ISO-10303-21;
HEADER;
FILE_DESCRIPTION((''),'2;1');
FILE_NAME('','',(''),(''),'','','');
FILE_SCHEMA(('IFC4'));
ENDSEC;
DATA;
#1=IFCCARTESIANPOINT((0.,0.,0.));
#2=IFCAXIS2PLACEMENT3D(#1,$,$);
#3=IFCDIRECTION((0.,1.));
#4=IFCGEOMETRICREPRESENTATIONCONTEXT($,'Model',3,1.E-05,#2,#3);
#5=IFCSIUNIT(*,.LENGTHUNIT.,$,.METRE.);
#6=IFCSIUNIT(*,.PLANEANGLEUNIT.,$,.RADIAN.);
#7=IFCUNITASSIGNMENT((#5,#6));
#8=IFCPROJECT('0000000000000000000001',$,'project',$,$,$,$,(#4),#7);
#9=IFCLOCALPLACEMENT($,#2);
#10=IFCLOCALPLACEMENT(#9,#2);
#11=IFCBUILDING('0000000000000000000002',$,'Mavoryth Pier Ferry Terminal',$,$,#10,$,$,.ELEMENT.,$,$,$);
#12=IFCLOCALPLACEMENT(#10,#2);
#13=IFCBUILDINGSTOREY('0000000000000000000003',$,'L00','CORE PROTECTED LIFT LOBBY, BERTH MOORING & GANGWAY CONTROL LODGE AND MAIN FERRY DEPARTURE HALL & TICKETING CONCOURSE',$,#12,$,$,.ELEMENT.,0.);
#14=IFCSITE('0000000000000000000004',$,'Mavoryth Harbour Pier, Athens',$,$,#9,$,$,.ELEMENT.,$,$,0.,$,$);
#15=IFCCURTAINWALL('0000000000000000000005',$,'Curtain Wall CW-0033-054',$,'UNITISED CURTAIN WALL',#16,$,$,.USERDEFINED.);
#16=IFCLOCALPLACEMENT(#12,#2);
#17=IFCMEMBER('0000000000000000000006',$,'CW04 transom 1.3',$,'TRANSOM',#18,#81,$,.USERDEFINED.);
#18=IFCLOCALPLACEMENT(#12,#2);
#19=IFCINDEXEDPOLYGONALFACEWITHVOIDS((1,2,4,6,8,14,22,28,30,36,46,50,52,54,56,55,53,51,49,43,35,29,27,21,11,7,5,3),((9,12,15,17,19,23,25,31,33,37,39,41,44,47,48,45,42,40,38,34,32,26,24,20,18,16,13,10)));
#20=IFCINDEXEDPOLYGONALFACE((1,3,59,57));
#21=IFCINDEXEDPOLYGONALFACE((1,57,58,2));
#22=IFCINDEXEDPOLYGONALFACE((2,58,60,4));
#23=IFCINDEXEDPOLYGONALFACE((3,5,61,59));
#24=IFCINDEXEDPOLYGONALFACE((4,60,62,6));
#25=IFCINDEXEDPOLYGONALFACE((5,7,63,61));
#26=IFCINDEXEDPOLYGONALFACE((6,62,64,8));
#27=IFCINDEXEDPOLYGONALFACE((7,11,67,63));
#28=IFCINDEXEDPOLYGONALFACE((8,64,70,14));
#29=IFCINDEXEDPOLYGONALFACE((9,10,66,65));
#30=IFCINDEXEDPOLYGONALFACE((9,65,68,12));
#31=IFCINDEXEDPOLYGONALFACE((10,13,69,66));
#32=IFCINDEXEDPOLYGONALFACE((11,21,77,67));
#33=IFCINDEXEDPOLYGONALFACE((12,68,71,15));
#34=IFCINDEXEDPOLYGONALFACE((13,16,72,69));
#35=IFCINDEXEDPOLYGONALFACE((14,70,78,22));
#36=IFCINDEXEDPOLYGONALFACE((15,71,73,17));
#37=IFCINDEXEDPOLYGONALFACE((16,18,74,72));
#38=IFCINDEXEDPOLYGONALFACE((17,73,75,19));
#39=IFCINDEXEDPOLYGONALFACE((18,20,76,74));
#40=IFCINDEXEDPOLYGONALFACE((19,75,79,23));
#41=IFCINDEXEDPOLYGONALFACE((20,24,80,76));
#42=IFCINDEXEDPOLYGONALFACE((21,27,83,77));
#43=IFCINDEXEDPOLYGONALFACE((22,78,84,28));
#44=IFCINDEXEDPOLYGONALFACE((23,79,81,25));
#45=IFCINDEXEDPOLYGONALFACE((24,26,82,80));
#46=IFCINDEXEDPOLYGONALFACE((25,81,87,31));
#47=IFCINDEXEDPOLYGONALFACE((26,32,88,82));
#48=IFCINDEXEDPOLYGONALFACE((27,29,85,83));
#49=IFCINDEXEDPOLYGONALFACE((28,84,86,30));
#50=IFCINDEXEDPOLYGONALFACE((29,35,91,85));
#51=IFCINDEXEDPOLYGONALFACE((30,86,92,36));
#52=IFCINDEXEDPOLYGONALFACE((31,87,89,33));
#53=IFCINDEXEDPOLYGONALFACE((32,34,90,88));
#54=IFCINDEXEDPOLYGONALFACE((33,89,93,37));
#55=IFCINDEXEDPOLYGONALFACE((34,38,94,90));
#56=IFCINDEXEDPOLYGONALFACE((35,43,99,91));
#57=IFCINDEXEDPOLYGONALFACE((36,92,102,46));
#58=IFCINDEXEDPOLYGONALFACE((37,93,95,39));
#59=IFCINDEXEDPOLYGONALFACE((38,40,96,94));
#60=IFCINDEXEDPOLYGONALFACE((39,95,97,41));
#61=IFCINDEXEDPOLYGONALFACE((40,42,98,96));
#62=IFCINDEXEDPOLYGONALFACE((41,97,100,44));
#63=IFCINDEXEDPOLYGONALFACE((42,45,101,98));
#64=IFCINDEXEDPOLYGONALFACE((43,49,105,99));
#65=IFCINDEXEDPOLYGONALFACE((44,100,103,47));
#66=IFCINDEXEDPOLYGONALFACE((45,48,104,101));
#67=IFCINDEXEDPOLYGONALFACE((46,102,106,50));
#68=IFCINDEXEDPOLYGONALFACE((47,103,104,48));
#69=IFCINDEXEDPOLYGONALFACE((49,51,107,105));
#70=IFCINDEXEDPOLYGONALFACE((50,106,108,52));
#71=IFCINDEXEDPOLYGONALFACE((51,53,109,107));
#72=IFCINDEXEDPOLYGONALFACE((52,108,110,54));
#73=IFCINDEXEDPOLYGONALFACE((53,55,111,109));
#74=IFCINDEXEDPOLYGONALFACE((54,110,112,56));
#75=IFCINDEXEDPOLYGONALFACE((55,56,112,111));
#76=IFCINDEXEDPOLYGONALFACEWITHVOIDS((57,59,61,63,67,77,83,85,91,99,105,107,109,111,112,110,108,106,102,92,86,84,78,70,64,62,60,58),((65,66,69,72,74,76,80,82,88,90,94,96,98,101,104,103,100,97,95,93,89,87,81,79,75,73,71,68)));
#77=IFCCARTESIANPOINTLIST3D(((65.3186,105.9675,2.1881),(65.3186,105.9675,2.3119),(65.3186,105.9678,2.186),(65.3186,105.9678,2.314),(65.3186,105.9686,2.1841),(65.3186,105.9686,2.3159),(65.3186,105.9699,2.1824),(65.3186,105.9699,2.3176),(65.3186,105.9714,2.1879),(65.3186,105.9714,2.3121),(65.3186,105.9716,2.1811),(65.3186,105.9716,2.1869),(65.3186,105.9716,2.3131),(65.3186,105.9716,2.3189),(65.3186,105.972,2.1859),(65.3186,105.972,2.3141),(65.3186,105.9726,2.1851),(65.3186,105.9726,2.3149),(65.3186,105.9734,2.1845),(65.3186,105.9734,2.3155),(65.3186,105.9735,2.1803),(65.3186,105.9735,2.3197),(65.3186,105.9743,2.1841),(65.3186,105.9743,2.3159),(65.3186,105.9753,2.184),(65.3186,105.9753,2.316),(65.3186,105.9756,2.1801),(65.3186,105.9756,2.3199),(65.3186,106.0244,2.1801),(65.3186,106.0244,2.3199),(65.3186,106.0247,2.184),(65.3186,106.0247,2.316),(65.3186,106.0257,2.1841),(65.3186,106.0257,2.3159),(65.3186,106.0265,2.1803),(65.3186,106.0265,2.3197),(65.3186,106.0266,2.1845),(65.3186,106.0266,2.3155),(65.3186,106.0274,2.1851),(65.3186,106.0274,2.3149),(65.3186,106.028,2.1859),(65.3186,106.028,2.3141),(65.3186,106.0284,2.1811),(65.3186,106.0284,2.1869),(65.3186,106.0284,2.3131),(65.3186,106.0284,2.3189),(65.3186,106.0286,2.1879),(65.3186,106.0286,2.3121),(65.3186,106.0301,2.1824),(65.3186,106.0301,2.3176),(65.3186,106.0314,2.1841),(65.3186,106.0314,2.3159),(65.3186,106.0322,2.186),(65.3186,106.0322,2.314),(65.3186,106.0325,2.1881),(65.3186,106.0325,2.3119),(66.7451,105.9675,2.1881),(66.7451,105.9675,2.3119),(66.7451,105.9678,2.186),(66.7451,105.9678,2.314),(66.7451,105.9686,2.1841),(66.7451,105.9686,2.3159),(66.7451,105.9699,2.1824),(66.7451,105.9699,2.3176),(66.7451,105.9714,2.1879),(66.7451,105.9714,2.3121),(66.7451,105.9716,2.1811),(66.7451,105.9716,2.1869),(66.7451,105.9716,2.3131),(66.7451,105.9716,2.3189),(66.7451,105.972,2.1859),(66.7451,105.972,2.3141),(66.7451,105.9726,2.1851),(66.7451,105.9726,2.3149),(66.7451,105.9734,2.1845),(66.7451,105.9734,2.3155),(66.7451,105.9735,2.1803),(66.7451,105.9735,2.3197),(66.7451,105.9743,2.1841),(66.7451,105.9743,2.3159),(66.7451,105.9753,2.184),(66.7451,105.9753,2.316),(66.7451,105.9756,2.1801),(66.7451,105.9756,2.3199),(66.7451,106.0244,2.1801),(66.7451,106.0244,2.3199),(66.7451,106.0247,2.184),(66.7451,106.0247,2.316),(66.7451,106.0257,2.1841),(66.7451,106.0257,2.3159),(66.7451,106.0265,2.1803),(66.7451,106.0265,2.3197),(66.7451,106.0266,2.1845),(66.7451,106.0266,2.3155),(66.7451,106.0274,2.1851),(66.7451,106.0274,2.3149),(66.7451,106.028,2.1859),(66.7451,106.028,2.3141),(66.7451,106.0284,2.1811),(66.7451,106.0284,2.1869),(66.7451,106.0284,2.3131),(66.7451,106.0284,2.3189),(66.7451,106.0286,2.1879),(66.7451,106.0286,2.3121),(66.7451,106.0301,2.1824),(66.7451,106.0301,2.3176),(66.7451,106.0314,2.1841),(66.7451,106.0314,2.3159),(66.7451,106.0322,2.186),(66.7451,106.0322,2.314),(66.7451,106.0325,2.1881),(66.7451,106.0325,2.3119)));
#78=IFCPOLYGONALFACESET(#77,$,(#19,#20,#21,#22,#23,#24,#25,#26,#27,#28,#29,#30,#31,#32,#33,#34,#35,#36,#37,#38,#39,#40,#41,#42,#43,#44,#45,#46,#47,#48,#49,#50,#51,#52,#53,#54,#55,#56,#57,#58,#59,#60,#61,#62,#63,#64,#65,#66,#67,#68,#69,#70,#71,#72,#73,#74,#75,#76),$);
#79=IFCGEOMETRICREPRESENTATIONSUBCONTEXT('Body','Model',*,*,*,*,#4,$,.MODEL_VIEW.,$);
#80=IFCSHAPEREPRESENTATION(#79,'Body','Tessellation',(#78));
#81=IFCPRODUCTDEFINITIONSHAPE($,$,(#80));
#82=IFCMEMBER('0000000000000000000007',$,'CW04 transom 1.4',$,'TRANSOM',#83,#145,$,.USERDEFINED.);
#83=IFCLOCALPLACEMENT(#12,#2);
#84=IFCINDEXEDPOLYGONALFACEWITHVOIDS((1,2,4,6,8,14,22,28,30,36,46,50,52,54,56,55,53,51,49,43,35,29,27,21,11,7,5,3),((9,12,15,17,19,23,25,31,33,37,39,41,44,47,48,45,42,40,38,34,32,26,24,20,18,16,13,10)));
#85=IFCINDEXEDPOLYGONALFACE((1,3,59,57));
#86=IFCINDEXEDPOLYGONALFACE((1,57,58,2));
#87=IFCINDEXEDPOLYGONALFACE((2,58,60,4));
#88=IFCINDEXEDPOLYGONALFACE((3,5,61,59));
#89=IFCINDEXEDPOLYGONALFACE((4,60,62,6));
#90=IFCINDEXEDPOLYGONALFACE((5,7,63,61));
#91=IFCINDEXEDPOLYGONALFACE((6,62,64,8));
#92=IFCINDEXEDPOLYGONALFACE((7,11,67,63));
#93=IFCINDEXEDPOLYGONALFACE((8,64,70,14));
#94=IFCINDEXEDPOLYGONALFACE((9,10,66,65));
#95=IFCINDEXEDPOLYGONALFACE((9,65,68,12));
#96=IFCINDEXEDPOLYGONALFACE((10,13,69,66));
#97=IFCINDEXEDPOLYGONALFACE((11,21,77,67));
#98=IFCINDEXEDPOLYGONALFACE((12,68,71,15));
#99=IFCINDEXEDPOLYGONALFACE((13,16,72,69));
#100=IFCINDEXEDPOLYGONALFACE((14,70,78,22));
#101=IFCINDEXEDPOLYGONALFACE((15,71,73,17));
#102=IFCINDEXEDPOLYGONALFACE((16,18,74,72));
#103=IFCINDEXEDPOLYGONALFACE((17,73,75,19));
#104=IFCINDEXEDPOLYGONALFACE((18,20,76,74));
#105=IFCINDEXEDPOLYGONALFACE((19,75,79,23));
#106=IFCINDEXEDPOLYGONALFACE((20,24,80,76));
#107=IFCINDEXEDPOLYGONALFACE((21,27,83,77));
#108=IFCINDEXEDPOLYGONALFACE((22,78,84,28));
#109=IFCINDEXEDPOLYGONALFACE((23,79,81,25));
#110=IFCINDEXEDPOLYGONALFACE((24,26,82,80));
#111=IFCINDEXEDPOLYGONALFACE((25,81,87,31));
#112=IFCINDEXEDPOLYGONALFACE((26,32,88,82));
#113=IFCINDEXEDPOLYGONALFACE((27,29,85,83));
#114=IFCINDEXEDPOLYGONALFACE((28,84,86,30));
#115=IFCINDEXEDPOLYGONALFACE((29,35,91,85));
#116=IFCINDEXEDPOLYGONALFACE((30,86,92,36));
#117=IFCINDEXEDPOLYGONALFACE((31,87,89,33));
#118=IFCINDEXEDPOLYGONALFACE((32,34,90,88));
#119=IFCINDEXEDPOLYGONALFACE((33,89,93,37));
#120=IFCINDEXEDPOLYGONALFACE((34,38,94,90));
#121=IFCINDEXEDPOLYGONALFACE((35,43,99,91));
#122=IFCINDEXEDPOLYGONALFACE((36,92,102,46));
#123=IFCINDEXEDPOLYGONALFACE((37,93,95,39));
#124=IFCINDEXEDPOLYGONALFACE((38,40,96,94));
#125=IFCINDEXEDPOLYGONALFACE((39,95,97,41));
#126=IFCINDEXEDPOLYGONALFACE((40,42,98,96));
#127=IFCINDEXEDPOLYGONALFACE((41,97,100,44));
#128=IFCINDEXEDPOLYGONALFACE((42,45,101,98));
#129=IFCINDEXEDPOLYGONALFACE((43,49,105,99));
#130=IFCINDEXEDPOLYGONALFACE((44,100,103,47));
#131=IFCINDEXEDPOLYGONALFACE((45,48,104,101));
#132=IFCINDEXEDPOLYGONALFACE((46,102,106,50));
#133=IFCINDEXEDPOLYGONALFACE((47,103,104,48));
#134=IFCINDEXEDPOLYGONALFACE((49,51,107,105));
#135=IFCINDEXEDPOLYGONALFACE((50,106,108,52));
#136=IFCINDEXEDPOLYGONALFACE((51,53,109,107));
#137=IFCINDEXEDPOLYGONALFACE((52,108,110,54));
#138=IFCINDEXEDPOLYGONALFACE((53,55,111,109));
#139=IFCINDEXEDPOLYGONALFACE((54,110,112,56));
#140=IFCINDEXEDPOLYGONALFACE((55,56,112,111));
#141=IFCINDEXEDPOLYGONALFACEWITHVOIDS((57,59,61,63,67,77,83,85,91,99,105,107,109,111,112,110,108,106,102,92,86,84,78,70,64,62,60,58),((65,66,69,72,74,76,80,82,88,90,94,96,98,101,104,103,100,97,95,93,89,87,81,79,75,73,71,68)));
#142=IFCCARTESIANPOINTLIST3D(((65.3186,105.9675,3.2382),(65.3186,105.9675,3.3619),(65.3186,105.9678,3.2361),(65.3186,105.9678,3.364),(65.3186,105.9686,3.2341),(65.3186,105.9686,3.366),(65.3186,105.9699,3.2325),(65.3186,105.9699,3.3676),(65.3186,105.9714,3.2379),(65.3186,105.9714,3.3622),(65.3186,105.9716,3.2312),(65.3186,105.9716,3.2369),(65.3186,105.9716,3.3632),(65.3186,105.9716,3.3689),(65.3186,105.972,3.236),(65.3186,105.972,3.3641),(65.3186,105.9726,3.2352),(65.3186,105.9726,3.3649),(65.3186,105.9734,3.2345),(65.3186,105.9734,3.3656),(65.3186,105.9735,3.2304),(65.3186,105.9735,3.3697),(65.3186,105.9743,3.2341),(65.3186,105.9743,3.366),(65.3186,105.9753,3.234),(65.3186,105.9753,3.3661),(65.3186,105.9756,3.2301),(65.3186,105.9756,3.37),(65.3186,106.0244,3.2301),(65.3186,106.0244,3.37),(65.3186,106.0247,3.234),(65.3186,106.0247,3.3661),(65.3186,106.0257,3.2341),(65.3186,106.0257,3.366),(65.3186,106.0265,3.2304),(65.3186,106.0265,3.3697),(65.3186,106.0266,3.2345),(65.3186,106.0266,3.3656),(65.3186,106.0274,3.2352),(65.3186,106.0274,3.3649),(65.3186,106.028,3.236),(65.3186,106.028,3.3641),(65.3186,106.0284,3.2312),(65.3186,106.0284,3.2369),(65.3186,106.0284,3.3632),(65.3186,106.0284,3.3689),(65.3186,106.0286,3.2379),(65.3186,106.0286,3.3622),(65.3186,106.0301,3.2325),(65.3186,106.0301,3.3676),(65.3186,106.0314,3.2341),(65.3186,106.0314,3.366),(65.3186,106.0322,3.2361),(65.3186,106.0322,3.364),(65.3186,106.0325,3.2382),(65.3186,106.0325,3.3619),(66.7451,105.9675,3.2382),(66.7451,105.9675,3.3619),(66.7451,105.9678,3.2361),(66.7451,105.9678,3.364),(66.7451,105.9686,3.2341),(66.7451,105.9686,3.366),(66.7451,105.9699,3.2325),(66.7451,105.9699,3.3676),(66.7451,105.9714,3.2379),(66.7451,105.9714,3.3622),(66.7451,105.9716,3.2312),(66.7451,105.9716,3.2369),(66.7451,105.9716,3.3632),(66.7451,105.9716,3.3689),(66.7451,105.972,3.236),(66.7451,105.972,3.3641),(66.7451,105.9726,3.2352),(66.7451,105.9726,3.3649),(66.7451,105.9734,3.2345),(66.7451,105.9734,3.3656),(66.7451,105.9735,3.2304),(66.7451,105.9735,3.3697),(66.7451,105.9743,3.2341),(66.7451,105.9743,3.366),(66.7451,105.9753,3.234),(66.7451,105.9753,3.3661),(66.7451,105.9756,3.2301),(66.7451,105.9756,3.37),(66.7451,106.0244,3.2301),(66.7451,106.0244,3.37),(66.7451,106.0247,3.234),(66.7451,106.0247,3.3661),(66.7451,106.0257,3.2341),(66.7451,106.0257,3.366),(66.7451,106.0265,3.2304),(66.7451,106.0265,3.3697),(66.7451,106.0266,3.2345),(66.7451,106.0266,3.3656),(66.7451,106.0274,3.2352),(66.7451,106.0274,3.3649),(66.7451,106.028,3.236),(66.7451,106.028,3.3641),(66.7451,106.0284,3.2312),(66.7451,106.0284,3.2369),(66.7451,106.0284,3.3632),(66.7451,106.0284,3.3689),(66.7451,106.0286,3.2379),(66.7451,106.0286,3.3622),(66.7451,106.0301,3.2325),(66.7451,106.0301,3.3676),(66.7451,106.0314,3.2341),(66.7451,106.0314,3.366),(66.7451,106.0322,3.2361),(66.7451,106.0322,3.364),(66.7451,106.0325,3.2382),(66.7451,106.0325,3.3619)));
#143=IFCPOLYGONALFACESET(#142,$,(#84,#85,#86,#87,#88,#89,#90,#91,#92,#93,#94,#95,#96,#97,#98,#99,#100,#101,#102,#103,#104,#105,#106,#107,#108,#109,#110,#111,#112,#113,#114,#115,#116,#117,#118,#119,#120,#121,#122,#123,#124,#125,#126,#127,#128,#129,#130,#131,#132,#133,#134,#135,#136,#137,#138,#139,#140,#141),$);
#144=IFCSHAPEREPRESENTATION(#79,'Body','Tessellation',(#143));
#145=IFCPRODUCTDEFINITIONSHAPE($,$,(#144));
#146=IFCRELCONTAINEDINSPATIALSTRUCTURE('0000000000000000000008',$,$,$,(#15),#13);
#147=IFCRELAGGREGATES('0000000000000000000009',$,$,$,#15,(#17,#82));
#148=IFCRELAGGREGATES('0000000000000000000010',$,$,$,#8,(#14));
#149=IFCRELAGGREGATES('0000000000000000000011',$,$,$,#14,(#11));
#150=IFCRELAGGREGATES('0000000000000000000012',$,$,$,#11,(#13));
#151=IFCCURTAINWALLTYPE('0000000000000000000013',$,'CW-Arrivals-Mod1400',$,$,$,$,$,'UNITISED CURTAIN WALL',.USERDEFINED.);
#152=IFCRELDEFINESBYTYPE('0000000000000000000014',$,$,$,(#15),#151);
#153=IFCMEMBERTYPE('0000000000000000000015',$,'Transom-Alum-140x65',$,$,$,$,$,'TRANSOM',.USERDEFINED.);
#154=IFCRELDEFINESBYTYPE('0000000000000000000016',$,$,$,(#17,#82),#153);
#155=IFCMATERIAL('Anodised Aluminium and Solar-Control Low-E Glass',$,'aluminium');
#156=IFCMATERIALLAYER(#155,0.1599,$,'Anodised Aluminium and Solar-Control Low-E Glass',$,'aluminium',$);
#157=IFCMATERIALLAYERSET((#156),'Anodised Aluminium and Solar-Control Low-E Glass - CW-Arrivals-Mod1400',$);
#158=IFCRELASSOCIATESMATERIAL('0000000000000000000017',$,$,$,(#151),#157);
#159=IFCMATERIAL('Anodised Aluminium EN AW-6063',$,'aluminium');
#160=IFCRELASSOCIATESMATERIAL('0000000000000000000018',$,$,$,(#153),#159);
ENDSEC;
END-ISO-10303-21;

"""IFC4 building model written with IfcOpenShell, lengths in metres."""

from ifc_helpers import new_model, si_unit, direction, frame, origin, origin_2d, place, context, subcontext, project, spatial, hollow_rectangle, extrude, material, layer, layer_set, material_profile, profile_set, type_object, element, aggregate, save


model = new_model("IFC4")

# Units and contexts
model_context = context("Model", 3, precision=1e-05, world=origin(), true_north=direction((0.0, 1.0)))
body_context = subcontext(model_context, "Body", "Model", "MODEL_VIEW")
ifc_project = project(units=[si_unit("LENGTHUNIT", "METRE"), si_unit("PLANEANGLEUNIT", "RADIAN")], contexts=[model_context])

# Site, building, storey
site_placement = place(None, origin())
site = spatial("IfcSite", under=ifc_project, at=site_placement, Name="Mavoryth Harbour Pier, Athens", CompositionType="ELEMENT", RefElevation=0.0)
building_placement = place(site_placement, origin())
building = spatial("IfcBuilding", under=site, at=building_placement, Name="Mavoryth Pier Ferry Terminal", CompositionType="ELEMENT")
storey_placement = place(building_placement, origin())
storey = spatial("IfcBuildingStorey", under=building, at=storey_placement, Name="L00", Description="CORE PROTECTED LIFT LOBBY, BERTH MOORING & GANGWAY CONTROL LODGE AND MAIN FERRY DEPARTURE HALL & TICKETING CONCOURSE", CompositionType="ELEMENT", Elevation=0.0)

# Curtain wall
ifc_material_1 = material(Name="Anodised Aluminium and Solar-Control Low-E Glass", Category="aluminium")
ifc_layer_1 = layer(ifc_material_1, 0.1599, Name="Anodised Aluminium and Solar-Control Low-E Glass", Category="aluminium")
ifc_layer_set_1 = layer_set([ifc_layer_1], Name="Anodised Aluminium and Solar-Control Low-E Glass - CW-Arrivals-Mod1400")
curtain_wall_type = type_object("IfcCurtainWallType", Name="CW-Arrivals-Mod1400", ElementType="UNITISED CURTAIN WALL", PredefinedType="USERDEFINED", material=ifc_layer_set_1)
curtain_wall_1_placement = place(storey_placement, origin())
curtain_wall_1 = element("IfcCurtainWall", 1, at=curtain_wall_1_placement, inside=storey, type_object=curtain_wall_type, Name="Curtain Wall CW-0033-054", ObjectType="UNITISED CURTAIN WALL", PredefinedType="USERDEFINED")
ifc_material_2 = material(Name="Anodised Aluminium EN AW-6063", Category="aluminium")

# Members
ifc_material_profile_1 = material_profile(ifc_material_2, hollow_rectangle(XDim=0.0649, YDim=0.1399, WallThickness=0.0039, InnerFilletRadius=0.0039, OuterFilletRadius=0.0081, at=origin_2d()), Name="AL-TRAN 140x65x4", Category="aluminium")
ifc_profile_set_1 = profile_set([ifc_material_profile_1], Name="Anodised Aluminium EN AW-6063 - AL-TRAN 140x65x4")
member_type_1 = type_object("IfcMemberType", Name="Transom-Alum-140x65", ElementType="TRANSOM", PredefinedType="USERDEFINED", material=ifc_profile_set_1)
member_1_placement = place(storey_placement, frame((66.7451, 106.0, 2.25), z_axis=(-1.0, 0.0, 0.0), x_axis=(0.0, -1.0, 0.0)))
member_1 = element("IfcMember", 2, at=member_1_placement, type_object=member_type_1, Name="CW04 transom 1.3", ObjectType="TRANSOM", PredefinedType="USERDEFINED", context=body_context, shape_type="SweptSolid", body=[
    extrude(hollow_rectangle(XDim=0.0649, YDim=0.1399, WallThickness=0.0039, InnerFilletRadius=0.0039, OuterFilletRadius=0.0081, at=origin_2d()), origin(), (0.0, 0.0, 1.0), 1.4265),
])
member_2_placement = place(storey_placement, frame((66.7451, 106.0, 3.3), z_axis=(-1.0, 0.0, 0.0), x_axis=(0.0, -1.0, 0.0)))
member_2 = element("IfcMember", 3, at=member_2_placement, type_object=member_type_1, Name="CW04 transom 1.4", ObjectType="TRANSOM", PredefinedType="USERDEFINED", context=body_context, shape_type="SweptSolid", body=[
    extrude(hollow_rectangle(XDim=0.0649, YDim=0.1399, WallThickness=0.0039, InnerFilletRadius=0.0039, OuterFilletRadius=0.0081, at=origin_2d()), origin(), (0.0, 0.0, 1.0), 1.4265),
])
aggregate(curtain_wall_1, [member_1, member_2])

save(model, "model.ifc")
